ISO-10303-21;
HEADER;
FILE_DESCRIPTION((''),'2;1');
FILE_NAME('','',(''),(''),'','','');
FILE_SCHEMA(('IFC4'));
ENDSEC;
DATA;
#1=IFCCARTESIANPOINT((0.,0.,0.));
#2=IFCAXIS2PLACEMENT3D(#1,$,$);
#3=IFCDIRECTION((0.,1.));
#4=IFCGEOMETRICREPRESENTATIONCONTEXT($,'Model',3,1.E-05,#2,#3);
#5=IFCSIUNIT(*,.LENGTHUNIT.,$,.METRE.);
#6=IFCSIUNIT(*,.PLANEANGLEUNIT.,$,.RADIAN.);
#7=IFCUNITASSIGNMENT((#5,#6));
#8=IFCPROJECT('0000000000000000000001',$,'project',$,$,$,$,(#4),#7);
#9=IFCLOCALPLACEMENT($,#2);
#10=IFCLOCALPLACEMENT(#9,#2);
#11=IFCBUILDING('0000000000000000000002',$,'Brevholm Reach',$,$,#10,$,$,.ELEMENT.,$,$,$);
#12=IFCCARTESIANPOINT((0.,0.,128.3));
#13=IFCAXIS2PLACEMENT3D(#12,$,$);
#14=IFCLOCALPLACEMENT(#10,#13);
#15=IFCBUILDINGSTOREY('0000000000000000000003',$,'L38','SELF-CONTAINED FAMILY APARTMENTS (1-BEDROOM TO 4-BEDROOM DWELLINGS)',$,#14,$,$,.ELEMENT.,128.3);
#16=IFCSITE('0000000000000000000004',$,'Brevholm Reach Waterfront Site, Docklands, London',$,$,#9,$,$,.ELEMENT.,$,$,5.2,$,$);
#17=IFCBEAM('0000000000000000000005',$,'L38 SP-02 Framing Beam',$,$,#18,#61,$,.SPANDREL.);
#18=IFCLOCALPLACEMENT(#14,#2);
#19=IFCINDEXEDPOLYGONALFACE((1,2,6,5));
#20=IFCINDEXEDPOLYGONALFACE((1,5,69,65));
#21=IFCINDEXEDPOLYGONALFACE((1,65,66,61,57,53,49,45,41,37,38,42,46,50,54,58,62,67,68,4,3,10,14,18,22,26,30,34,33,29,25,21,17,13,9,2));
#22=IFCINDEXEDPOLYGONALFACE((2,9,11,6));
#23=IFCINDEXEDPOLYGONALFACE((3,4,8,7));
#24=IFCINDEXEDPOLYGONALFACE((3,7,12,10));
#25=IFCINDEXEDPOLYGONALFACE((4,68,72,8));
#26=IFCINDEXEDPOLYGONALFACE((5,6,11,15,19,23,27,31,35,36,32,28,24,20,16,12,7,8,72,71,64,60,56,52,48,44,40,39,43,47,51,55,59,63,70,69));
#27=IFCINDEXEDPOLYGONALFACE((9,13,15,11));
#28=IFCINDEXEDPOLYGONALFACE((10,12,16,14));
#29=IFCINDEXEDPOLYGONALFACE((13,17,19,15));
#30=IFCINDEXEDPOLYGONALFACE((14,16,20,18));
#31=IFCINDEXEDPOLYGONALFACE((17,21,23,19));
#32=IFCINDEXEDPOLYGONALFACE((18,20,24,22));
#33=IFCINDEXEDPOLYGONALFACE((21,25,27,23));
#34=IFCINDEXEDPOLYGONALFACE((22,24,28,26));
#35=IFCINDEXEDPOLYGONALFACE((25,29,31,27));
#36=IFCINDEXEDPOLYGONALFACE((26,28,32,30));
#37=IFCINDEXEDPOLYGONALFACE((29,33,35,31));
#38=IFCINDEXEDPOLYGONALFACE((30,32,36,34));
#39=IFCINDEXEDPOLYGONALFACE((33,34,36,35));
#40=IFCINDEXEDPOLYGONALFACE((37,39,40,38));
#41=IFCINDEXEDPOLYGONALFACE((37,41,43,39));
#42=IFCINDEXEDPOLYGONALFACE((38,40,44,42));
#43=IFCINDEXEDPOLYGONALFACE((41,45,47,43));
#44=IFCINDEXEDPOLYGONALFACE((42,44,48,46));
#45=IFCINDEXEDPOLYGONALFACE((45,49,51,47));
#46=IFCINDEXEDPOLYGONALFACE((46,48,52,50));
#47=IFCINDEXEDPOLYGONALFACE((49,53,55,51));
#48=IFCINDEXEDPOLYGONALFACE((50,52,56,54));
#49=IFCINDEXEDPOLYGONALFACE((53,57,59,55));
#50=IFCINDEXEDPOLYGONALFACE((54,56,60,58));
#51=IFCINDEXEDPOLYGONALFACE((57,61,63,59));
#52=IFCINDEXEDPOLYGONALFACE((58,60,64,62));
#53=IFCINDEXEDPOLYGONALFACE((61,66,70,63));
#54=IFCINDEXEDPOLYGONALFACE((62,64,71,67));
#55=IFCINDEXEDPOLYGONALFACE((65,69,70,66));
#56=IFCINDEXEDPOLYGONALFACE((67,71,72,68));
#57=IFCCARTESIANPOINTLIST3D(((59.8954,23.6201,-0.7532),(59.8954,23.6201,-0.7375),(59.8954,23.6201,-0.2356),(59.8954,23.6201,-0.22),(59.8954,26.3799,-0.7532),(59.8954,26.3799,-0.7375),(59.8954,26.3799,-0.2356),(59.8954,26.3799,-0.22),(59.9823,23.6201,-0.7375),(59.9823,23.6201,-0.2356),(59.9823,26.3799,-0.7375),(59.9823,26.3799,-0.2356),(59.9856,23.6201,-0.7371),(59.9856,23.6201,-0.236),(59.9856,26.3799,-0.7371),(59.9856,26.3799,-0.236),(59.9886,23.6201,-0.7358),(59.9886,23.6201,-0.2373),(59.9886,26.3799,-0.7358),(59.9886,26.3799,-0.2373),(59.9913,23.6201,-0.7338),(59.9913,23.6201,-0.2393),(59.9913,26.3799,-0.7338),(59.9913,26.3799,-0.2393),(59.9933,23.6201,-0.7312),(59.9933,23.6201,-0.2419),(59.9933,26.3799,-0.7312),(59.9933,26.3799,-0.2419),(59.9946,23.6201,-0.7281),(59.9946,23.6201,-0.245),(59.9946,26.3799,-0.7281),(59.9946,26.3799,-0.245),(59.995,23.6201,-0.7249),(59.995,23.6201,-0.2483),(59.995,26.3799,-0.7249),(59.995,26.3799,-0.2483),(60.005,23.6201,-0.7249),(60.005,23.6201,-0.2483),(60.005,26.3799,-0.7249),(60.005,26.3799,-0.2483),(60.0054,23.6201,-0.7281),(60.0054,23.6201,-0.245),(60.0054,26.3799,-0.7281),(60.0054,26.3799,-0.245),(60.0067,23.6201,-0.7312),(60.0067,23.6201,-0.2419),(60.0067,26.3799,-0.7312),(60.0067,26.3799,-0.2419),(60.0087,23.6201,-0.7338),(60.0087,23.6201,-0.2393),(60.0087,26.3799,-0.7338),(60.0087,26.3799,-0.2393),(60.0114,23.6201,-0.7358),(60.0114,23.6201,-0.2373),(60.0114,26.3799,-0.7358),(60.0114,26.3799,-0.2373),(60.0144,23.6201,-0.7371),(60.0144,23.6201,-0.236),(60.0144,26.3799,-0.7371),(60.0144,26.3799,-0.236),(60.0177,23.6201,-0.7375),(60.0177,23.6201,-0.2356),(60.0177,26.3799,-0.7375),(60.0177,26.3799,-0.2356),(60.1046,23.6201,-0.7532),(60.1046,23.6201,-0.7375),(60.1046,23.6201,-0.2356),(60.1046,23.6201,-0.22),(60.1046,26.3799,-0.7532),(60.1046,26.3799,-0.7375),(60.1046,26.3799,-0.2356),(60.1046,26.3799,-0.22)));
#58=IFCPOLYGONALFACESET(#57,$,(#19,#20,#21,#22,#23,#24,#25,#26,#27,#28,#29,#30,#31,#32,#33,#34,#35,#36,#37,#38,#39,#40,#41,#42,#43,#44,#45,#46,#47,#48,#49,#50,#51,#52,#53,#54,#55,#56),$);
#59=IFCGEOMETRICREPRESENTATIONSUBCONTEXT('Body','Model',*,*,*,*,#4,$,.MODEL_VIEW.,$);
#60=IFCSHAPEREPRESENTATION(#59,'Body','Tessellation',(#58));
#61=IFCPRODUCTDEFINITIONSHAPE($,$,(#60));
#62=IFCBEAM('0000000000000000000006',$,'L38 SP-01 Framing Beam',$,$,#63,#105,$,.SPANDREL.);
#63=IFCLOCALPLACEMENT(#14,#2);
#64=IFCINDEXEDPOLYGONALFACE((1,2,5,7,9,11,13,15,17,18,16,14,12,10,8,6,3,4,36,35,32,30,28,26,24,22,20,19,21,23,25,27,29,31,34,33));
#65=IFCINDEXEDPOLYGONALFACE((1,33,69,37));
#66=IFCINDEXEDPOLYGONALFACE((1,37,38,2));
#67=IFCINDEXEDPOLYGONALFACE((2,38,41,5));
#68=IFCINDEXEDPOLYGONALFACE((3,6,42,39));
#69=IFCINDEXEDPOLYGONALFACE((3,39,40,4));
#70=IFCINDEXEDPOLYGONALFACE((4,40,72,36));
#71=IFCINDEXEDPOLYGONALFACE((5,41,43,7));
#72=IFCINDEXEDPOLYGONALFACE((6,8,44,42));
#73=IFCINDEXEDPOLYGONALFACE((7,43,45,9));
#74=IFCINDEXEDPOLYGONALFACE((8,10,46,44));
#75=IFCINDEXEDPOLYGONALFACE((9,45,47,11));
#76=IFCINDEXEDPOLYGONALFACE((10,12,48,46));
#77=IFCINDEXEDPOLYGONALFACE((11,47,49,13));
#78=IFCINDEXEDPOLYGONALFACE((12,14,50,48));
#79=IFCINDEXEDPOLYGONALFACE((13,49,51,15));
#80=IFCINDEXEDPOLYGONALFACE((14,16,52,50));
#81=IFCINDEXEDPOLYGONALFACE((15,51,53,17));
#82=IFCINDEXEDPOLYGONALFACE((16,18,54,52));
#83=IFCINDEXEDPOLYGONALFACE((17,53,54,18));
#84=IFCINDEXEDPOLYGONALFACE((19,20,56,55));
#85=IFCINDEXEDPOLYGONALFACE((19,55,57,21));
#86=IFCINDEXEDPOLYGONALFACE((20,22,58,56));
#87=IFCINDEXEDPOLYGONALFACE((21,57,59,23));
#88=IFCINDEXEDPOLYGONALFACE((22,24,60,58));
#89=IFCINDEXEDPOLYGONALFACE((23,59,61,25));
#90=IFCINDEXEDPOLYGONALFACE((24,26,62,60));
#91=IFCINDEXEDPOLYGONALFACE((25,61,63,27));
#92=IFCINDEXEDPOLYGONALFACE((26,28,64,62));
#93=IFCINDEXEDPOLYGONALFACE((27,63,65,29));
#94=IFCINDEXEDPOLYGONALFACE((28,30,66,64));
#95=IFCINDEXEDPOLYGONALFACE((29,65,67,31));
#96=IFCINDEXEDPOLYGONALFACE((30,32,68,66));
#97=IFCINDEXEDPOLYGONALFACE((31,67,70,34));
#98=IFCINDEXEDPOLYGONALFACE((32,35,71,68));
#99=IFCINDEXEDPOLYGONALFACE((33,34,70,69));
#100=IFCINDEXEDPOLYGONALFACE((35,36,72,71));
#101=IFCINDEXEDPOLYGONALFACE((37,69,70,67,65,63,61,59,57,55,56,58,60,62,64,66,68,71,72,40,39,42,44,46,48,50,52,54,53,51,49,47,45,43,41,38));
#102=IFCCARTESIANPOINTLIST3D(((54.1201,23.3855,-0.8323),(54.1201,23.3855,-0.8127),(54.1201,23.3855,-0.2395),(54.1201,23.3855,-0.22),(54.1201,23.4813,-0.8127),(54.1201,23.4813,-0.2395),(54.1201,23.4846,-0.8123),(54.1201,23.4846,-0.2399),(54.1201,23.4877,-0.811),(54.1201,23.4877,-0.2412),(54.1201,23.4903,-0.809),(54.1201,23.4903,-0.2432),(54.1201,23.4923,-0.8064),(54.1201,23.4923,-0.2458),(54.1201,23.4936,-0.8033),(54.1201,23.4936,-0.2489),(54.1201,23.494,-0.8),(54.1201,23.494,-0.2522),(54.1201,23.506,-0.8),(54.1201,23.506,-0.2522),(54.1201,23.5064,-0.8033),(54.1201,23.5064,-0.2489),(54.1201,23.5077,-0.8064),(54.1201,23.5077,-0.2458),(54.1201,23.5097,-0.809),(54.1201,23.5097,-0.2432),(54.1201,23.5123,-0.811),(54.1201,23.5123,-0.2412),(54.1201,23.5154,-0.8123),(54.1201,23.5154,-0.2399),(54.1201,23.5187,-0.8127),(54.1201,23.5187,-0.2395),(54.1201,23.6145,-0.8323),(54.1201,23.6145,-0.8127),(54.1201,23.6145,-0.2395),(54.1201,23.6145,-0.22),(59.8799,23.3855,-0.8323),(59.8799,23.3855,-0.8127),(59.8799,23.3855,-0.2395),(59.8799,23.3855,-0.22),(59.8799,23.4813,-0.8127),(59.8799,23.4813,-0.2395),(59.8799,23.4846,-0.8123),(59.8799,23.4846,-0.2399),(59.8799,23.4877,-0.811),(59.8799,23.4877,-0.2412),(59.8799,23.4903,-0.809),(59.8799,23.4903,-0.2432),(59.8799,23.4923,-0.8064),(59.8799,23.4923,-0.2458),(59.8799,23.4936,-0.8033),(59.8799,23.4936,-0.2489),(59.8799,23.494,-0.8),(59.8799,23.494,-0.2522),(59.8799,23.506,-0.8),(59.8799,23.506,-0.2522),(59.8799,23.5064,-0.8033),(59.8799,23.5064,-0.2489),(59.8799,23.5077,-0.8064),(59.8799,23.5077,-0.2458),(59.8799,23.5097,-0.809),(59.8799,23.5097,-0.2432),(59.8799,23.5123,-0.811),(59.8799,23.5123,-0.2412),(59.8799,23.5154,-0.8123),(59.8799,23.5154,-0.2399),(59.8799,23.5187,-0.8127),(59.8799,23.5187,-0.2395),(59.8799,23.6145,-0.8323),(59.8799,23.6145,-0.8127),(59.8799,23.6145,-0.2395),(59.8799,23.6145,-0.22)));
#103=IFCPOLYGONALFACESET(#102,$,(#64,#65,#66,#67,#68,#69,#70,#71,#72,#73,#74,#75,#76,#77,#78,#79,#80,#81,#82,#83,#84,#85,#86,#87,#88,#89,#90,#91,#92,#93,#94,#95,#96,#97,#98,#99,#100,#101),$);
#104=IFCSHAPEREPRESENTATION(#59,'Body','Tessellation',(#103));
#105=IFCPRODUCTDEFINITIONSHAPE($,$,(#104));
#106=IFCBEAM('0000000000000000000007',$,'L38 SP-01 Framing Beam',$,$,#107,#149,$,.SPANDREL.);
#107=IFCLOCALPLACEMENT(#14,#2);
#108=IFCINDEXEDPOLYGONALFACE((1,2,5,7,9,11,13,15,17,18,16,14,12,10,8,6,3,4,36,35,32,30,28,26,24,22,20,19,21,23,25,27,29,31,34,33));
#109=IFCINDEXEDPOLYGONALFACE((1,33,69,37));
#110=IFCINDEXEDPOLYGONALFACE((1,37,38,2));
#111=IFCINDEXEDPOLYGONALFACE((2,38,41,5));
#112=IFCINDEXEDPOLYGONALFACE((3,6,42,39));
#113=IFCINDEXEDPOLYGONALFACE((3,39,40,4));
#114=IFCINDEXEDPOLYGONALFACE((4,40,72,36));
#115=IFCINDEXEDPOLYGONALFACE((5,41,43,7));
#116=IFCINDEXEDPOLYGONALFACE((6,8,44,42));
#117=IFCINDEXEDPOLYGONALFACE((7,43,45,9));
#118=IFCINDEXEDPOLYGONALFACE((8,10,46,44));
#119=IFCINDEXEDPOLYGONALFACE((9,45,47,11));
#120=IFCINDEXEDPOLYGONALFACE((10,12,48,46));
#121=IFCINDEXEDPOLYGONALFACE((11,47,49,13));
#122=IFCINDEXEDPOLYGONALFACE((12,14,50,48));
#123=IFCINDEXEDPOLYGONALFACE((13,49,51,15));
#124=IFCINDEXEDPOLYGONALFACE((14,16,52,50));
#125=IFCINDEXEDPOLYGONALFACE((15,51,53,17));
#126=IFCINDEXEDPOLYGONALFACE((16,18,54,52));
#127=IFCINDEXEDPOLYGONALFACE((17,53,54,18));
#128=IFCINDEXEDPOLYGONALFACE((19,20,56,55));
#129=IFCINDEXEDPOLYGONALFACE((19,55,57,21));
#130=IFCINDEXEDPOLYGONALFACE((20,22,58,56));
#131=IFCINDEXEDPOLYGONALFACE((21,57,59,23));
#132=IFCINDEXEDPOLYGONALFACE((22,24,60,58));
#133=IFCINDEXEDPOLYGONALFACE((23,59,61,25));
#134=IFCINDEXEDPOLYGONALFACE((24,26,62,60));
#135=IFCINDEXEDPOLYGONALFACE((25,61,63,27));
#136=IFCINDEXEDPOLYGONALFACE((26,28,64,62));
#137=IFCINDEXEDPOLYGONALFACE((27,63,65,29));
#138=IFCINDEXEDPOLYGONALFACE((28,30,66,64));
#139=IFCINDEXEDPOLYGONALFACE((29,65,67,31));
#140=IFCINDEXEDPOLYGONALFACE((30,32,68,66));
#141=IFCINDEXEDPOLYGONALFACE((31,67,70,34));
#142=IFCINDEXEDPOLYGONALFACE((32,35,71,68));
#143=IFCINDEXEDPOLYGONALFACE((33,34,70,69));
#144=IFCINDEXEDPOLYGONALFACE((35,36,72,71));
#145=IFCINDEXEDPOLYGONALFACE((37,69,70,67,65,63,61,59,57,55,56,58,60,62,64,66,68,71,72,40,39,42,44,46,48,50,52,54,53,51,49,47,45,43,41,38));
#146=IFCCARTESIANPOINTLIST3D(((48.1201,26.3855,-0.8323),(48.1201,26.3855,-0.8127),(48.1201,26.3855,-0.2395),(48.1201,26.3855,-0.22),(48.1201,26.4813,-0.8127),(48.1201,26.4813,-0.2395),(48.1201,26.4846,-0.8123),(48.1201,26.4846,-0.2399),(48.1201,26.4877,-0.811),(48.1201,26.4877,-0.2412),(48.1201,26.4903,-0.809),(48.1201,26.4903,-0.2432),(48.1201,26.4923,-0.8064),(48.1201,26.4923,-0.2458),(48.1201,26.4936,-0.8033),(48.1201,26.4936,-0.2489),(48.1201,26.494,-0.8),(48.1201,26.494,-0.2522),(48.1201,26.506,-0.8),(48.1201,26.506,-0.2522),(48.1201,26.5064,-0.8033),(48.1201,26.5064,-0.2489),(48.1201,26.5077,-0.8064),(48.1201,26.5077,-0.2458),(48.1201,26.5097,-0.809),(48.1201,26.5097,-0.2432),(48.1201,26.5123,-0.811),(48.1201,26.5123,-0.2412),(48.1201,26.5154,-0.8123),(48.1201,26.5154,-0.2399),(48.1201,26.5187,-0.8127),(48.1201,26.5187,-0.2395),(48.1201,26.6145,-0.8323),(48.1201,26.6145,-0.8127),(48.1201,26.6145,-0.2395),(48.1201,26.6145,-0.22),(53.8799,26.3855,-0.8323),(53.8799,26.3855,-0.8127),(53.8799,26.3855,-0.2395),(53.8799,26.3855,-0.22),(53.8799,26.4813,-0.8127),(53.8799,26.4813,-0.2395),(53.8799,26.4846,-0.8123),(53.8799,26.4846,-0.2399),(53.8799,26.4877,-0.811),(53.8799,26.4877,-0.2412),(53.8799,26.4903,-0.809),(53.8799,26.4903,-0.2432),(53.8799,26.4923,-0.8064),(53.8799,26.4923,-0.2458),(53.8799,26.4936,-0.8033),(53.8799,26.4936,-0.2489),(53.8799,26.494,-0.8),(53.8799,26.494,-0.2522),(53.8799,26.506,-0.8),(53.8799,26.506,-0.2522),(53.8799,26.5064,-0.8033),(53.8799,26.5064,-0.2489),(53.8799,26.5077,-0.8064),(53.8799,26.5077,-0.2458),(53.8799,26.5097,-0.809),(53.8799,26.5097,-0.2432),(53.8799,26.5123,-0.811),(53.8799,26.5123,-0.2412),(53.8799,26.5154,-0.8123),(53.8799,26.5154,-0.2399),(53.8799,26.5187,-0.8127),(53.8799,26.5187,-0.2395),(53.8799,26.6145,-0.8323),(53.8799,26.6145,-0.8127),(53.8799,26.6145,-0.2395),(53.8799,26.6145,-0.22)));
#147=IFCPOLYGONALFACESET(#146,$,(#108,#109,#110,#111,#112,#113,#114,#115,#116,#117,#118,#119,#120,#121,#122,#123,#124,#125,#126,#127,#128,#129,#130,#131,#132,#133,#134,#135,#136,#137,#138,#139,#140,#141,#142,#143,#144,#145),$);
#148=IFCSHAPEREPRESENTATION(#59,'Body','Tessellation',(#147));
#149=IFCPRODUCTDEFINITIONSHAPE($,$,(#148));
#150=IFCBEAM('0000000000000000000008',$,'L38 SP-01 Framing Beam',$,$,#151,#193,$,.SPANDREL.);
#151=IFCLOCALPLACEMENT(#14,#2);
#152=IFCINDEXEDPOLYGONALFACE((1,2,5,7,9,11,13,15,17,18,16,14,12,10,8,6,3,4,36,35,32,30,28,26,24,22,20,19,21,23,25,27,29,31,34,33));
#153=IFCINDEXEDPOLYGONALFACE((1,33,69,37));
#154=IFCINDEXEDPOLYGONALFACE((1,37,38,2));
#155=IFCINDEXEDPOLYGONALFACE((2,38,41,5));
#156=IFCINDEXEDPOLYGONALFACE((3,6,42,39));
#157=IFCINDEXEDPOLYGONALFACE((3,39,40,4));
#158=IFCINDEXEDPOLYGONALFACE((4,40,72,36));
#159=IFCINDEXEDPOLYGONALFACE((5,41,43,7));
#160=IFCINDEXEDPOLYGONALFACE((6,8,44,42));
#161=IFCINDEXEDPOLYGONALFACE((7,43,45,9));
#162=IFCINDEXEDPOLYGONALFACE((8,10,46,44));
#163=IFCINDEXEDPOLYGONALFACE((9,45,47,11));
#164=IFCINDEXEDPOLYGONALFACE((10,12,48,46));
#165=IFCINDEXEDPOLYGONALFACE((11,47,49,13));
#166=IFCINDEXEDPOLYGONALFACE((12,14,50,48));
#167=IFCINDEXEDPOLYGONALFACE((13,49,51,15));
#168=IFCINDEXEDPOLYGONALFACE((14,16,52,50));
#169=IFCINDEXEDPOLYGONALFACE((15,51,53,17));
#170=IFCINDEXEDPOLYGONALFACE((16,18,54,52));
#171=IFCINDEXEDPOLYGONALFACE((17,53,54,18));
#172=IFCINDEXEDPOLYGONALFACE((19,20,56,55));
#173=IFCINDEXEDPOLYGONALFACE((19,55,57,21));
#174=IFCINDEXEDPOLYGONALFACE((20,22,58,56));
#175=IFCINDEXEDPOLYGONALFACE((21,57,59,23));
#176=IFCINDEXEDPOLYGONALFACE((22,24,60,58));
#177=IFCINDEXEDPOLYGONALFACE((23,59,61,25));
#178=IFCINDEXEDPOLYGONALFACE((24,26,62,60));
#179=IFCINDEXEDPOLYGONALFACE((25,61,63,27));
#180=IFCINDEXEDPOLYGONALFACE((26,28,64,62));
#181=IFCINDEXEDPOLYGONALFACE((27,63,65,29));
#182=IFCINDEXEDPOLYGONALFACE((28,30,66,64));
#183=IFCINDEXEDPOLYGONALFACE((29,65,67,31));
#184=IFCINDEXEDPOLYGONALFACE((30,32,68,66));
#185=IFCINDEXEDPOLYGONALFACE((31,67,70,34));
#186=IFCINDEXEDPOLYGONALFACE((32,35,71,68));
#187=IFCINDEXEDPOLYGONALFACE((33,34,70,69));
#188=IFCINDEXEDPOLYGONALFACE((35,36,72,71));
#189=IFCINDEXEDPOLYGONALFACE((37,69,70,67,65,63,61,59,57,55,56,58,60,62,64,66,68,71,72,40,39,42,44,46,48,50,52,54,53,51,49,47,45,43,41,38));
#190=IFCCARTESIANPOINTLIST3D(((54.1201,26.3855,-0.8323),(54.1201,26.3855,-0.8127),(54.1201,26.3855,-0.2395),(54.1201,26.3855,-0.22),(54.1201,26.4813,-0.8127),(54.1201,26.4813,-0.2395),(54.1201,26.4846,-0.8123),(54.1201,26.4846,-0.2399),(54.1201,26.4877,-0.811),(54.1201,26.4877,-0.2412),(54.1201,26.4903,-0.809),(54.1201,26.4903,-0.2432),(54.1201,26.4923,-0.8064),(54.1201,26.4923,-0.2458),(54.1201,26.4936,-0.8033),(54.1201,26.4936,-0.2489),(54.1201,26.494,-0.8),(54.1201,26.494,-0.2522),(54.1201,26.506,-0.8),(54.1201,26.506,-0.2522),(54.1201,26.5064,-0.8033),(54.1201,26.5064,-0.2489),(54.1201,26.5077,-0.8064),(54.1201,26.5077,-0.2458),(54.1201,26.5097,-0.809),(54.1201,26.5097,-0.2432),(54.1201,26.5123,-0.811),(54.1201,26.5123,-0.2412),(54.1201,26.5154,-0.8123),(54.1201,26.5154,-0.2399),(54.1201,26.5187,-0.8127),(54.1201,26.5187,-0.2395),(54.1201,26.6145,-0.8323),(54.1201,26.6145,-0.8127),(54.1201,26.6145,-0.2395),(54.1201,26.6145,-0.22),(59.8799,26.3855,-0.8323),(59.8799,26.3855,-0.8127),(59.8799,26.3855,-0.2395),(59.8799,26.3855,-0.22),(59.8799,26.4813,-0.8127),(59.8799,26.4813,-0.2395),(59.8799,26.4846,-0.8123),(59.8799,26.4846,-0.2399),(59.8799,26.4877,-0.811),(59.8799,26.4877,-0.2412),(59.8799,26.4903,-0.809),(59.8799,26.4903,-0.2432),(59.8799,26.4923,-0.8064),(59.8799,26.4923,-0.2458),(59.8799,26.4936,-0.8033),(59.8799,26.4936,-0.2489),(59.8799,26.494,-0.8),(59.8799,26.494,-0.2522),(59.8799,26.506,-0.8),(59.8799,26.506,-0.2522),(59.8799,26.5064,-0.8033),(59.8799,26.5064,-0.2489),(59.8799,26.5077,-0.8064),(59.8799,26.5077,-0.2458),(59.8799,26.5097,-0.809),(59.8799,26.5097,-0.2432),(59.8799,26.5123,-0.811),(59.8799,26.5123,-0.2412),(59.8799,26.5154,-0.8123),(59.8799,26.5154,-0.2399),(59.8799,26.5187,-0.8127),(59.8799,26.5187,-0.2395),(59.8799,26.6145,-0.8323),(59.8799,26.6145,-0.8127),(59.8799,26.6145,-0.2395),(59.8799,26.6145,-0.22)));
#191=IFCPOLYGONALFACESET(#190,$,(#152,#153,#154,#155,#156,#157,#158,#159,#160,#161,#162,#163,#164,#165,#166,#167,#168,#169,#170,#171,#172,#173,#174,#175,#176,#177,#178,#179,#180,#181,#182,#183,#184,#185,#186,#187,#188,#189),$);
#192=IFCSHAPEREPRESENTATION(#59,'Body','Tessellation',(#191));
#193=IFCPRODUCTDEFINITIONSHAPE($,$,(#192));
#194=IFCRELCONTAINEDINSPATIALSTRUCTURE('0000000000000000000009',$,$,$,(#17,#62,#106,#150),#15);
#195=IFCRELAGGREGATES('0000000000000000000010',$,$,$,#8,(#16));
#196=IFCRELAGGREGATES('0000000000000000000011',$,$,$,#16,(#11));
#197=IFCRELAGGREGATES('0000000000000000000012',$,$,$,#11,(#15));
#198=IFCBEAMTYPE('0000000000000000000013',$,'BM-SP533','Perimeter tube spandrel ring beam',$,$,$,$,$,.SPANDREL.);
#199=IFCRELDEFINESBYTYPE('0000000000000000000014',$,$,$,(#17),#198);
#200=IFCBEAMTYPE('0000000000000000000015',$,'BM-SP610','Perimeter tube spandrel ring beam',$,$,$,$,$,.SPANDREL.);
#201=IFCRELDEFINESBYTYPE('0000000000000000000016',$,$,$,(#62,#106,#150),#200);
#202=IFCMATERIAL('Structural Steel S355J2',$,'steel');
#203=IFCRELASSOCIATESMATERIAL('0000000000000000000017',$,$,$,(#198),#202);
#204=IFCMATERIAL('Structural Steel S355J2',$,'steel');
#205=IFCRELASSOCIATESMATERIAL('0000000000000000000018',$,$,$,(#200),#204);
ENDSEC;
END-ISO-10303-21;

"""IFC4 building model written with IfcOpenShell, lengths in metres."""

from ifc_helpers import new_model, si_unit, direction, frame, origin, origin_2d, place, context, subcontext, project, spatial, i_section, extrude, material, material_profile, profile_set, type_object, element, save


model = new_model("IFC4")

# Units and contexts
model_context = context("Model", 3, precision=1e-05, world=origin(), true_north=direction((0.0, 1.0)))
body_context = subcontext(model_context, "Body", "Model", "MODEL_VIEW")
ifc_project = project(units=[si_unit("LENGTHUNIT", "METRE"), si_unit("PLANEANGLEUNIT", "RADIAN")], contexts=[model_context])

# Site, building, storey
site_placement = place(None, origin())
site = spatial("IfcSite", under=ifc_project, at=site_placement, Name="Brevholm Reach Waterfront Site, Docklands, London", CompositionType="ELEMENT", RefElevation=5.2)
building_placement = place(site_placement, origin())
building = spatial("IfcBuilding", under=site, at=building_placement, Name="Brevholm Reach", CompositionType="ELEMENT")
storey_placement = place(building_placement, frame((0.0, 0.0, 128.3)))
storey = spatial("IfcBuildingStorey", under=building, at=storey_placement, Name="L38", Description="SELF-CONTAINED FAMILY APARTMENTS (1-BEDROOM TO 4-BEDROOM DWELLINGS)", CompositionType="ELEMENT", Elevation=128.3)

# Beams
ifc_material_1 = material(Name="Structural Steel S355J2", Category="steel")
ifc_material_profile_1 = material_profile(ifc_material_1, i_section(OverallWidth=0.2092, OverallDepth=0.5332, WebThickness=0.01, FlangeThickness=0.0156, FilletRadius=0.0127, at=origin_2d()), Name="UKB 533x210x92")
ifc_profile_set_1 = profile_set([ifc_material_profile_1], Name="Structural Steel S355J2")
beam_type_1 = type_object("IfcBeamType", Name="BM-SP533", Description="Perimeter tube spandrel ring beam", PredefinedType="SPANDREL", material=ifc_profile_set_1)
beam_1_placement = place(storey_placement, frame((60.0, 23.6201, -0.4866), z_axis=(0.0, 1.0, 0.0), x_axis=(-1.0, 0.0, 0.0)))
element("IfcBeam", 1, at=beam_1_placement, inside=storey, type_object=beam_type_1, Name="L38 SP-02 Framing Beam", PredefinedType="SPANDREL", context=body_context, shape_type="SweptSolid", body=[
    extrude(i_section(OverallWidth=0.2092, OverallDepth=0.5332, WebThickness=0.01, FlangeThickness=0.0156, FilletRadius=0.0127, at=origin_2d()), origin(), (0.0, 0.0, 1.0), 2.7598),
])
ifc_material_2 = material(Name="Structural Steel S355J2", Category="steel")
ifc_material_profile_2 = material_profile(ifc_material_2, i_section(OverallWidth=0.229, OverallDepth=0.6123, WebThickness=0.012, FlangeThickness=0.0195, FilletRadius=0.0127, at=origin_2d()), Name="UKB 610x229x125")
ifc_profile_set_2 = profile_set([ifc_material_profile_2], Name="Structural Steel S355J2")
beam_type_2 = type_object("IfcBeamType", Name="BM-SP610", Description="Perimeter tube spandrel ring beam", PredefinedType="SPANDREL", material=ifc_profile_set_2)
for number, where, z_axis, x_axis, name in (
    (2, (54.1201, 23.5, -0.5261), (1.0, 0.0, 0.0), (0.0, 1.0, 0.0), "L38 SP-01 Framing Beam"),
    (3, (48.1201, 26.5, -0.5261), (1.0, 0.0, 0.0), (0.0, 1.0, 0.0), "L38 SP-01 Framing Beam"),
    (4, (54.1201, 26.5, -0.5261), (1.0, 0.0, 0.0), (0.0, 1.0, 0.0), "L38 SP-01 Framing Beam"),
):
    element("IfcBeam", number, at=place(storey_placement, frame(where, z_axis=z_axis, x_axis=x_axis)), inside=storey, type_object=beam_type_2, Name=name, PredefinedType="SPANDREL", context=body_context, shape_type="SweptSolid", body=[
        extrude(i_section(OverallWidth=0.229, OverallDepth=0.6123, WebThickness=0.012, FlangeThickness=0.0195, FilletRadius=0.0127, at=origin_2d()), origin(), (0.0, 0.0, 1.0), 5.7598),
    ])

save(model, "model.ifc")
